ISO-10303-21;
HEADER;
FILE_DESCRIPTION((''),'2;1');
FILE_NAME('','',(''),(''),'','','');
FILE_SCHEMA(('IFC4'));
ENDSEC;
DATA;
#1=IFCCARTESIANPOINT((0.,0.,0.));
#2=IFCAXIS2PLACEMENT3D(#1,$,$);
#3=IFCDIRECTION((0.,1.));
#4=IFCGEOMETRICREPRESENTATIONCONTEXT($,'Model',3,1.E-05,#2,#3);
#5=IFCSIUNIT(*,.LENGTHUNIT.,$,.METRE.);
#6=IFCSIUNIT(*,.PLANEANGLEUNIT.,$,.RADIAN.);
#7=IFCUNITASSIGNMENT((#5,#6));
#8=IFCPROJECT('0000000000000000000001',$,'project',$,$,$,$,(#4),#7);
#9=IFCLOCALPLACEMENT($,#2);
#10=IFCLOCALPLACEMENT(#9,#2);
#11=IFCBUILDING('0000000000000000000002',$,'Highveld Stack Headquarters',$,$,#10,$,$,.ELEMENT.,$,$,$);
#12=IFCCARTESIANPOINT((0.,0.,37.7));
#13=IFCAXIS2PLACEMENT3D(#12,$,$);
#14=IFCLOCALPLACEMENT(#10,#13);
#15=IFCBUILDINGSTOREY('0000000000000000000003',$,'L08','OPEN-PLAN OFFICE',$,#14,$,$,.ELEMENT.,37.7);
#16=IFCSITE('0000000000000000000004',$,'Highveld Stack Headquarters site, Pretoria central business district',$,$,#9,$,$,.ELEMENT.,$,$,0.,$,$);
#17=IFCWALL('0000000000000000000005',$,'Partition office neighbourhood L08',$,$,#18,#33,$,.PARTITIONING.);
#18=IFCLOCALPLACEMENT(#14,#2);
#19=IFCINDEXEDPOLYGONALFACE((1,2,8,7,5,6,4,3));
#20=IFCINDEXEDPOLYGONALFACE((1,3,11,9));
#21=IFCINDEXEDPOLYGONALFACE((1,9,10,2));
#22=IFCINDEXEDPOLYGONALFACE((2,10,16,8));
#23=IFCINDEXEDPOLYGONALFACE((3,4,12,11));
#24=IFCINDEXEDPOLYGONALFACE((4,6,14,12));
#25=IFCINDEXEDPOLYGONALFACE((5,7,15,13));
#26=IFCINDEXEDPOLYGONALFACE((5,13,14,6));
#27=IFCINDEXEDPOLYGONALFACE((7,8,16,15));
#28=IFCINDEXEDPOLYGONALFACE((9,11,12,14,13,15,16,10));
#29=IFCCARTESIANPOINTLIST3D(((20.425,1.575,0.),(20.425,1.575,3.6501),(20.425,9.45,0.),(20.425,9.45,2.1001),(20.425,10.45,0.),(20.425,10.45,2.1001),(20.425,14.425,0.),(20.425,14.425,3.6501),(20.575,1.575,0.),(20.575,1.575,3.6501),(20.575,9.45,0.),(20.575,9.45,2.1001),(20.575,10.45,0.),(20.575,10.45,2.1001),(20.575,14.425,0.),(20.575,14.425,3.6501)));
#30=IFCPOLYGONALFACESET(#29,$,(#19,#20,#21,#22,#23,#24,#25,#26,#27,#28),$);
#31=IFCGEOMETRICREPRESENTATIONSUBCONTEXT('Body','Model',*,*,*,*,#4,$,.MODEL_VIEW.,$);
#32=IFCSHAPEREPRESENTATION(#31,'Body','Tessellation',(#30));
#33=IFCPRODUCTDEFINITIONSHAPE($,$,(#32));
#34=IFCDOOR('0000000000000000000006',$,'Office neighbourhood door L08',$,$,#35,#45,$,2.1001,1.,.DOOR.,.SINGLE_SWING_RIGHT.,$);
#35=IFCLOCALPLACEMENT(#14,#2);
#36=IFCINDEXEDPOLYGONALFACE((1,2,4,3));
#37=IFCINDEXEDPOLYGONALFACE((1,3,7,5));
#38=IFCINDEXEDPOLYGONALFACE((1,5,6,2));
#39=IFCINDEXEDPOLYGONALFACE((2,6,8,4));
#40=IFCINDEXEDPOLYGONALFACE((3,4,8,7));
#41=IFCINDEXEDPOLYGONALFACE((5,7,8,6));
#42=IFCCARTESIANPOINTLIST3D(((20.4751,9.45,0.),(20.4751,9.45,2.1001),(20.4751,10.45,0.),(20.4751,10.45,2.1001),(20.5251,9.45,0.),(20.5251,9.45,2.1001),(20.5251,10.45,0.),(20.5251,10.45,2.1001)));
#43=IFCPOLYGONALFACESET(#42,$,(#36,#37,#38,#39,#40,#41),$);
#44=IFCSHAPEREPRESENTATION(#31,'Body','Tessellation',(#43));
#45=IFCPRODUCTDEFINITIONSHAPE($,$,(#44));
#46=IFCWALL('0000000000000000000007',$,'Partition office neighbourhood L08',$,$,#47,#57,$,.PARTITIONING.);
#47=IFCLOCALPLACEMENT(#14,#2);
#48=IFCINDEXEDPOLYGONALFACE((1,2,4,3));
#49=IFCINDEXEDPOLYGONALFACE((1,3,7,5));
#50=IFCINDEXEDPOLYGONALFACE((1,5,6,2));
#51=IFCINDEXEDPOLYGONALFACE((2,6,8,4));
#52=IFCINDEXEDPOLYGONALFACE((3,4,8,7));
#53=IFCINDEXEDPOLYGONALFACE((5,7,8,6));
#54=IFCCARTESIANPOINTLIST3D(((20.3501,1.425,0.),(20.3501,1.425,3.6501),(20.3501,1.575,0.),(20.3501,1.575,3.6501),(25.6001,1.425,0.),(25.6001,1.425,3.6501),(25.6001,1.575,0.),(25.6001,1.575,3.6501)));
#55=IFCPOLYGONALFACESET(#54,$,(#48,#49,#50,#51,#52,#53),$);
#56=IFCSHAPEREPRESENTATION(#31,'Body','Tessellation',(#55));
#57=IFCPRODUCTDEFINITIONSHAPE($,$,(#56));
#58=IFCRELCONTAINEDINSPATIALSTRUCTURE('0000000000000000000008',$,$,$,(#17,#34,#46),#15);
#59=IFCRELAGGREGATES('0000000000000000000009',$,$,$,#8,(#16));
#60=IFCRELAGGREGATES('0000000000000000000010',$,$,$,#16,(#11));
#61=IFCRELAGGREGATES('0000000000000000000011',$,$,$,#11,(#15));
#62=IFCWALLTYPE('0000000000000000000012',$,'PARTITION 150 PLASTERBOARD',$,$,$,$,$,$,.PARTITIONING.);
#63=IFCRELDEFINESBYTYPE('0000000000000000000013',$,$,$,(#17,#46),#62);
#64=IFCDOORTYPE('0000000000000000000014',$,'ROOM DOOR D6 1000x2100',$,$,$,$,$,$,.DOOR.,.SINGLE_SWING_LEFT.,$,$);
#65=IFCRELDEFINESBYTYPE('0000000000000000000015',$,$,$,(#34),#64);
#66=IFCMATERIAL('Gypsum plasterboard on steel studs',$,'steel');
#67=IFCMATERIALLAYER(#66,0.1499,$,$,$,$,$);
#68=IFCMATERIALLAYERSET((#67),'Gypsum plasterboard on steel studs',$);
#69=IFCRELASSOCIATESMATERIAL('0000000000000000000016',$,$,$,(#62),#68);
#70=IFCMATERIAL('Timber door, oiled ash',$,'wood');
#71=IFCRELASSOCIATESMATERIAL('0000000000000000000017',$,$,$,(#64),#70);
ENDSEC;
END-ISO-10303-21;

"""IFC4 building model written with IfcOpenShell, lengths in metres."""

from ifc_helpers import new_model, si_unit, direction, frame, frame_2d, origin, place, context, subcontext, project, spatial, rectangle, extrude, material, layer, layer_set, type_object, element, fill, save


model = new_model("IFC4")

# Units and contexts
model_context = context("Model", 3, precision=1e-05, world=origin(), true_north=direction((0.0, 1.0)))
body_context = subcontext(model_context, "Body", "Model", "MODEL_VIEW")
ifc_project = project(units=[si_unit("LENGTHUNIT", "METRE"), si_unit("PLANEANGLEUNIT", "RADIAN")], contexts=[model_context])

# Site, building, storey
site_placement = place(None, origin())
site = spatial("IfcSite", under=ifc_project, at=site_placement, Name="Highveld Stack Headquarters site, Pretoria central business district", CompositionType="ELEMENT", RefElevation=0.0)
building_placement = place(site_placement, origin())
building = spatial("IfcBuilding", under=site, at=building_placement, Name="Highveld Stack Headquarters", CompositionType="ELEMENT")
storey_placement = place(building_placement, frame((0.0, 0.0, 37.7)))
storey = spatial("IfcBuildingStorey", under=building, at=storey_placement, Name="L08", Description="OPEN-PLAN OFFICE", CompositionType="ELEMENT", Elevation=37.7)

# Wall, opening, door
ifc_material_1 = material(Name="Gypsum plasterboard on steel studs", Category="steel")
ifc_layer_1 = layer(ifc_material_1, 0.1499)
ifc_layer_set_1 = layer_set([ifc_layer_1], Name="Gypsum plasterboard on steel studs")
wall_type_1 = type_object("IfcWallType", Name="PARTITION 150 PLASTERBOARD", PredefinedType="PARTITIONING", material=ifc_layer_set_1)
wall_1_placement = place(storey_placement, frame((20.5, 1.575, 0.0), z_axis=(0.0, 0.0, 1.0), x_axis=(0.0, 1.0, 0.0)))
wall_1 = element("IfcWall", 1, at=wall_1_placement, inside=storey, type_object=wall_type_1, Name="Partition office neighbourhood L08", PredefinedType="PARTITIONING", context=body_context, shape_type="SweptSolid", body=[
    extrude(rectangle(XDim=12.8501, YDim=0.1499, at=frame_2d((6.425, 0.0))), origin(), (0.0, 0.0, 1.0), 3.6501),
])
opening_placement = place(wall_1_placement, frame((7.875, 0.0, 0.0)))
opening = element("IfcOpeningElement", 2, at=opening_placement, cuts=wall_1, PredefinedType="OPENING", context=body_context, shape_type="SweptSolid", body=[
    extrude(rectangle(XDim=1.0, YDim=2.1001, at=frame_2d((0.5, 1.05))), frame((0.0, 0.085, 0.0), z_axis=(0.0, -1.0, 0.0), x_axis=(1.0, 0.0, 0.0)), (0.0, 0.0, 1.0), 0.1699),
])
ifc_material_2 = material(Name="Timber door, oiled ash", Category="wood")
door_type = type_object("IfcDoorType", Name="ROOM DOOR D6 1000x2100", OperationType="SINGLE_SWING_LEFT", PredefinedType="DOOR", material=ifc_material_2)
door_placement = place(opening_placement, origin())
door = element("IfcDoor", 3, at=door_placement, inside=storey, type_object=door_type, Name="Office neighbourhood door L08", OperationType="SINGLE_SWING_RIGHT", OverallHeight=2.1001, OverallWidth=1.0, PredefinedType="DOOR", context=body_context, shape_type="SweptSolid", body=[
    extrude(rectangle(XDim=1.0, YDim=2.1001, at=frame_2d((0.5, 1.05))), frame((0.0, 0.0249, 0.0), z_axis=(0.0, -1.0, 0.0), x_axis=(1.0, 0.0, 0.0)), (0.0, 0.0, 1.0), 0.05),
])
fill(opening, door)

# Wall
wall_2_placement = place(storey_placement, frame((20.3501, 1.5, 0.0), z_axis=(0.0, 0.0, 1.0), x_axis=(1.0, 0.0, 0.0)))
element("IfcWall", 4, at=wall_2_placement, inside=storey, type_object=wall_type_1, Name="Partition office neighbourhood L08", PredefinedType="PARTITIONING", context=body_context, shape_type="SweptSolid", body=[
    extrude(rectangle(XDim=5.25, YDim=0.1499, at=frame_2d((2.625, 0.0))), origin(), (0.0, 0.0, 1.0), 3.6501),
])

save(model, "model.ifc")
